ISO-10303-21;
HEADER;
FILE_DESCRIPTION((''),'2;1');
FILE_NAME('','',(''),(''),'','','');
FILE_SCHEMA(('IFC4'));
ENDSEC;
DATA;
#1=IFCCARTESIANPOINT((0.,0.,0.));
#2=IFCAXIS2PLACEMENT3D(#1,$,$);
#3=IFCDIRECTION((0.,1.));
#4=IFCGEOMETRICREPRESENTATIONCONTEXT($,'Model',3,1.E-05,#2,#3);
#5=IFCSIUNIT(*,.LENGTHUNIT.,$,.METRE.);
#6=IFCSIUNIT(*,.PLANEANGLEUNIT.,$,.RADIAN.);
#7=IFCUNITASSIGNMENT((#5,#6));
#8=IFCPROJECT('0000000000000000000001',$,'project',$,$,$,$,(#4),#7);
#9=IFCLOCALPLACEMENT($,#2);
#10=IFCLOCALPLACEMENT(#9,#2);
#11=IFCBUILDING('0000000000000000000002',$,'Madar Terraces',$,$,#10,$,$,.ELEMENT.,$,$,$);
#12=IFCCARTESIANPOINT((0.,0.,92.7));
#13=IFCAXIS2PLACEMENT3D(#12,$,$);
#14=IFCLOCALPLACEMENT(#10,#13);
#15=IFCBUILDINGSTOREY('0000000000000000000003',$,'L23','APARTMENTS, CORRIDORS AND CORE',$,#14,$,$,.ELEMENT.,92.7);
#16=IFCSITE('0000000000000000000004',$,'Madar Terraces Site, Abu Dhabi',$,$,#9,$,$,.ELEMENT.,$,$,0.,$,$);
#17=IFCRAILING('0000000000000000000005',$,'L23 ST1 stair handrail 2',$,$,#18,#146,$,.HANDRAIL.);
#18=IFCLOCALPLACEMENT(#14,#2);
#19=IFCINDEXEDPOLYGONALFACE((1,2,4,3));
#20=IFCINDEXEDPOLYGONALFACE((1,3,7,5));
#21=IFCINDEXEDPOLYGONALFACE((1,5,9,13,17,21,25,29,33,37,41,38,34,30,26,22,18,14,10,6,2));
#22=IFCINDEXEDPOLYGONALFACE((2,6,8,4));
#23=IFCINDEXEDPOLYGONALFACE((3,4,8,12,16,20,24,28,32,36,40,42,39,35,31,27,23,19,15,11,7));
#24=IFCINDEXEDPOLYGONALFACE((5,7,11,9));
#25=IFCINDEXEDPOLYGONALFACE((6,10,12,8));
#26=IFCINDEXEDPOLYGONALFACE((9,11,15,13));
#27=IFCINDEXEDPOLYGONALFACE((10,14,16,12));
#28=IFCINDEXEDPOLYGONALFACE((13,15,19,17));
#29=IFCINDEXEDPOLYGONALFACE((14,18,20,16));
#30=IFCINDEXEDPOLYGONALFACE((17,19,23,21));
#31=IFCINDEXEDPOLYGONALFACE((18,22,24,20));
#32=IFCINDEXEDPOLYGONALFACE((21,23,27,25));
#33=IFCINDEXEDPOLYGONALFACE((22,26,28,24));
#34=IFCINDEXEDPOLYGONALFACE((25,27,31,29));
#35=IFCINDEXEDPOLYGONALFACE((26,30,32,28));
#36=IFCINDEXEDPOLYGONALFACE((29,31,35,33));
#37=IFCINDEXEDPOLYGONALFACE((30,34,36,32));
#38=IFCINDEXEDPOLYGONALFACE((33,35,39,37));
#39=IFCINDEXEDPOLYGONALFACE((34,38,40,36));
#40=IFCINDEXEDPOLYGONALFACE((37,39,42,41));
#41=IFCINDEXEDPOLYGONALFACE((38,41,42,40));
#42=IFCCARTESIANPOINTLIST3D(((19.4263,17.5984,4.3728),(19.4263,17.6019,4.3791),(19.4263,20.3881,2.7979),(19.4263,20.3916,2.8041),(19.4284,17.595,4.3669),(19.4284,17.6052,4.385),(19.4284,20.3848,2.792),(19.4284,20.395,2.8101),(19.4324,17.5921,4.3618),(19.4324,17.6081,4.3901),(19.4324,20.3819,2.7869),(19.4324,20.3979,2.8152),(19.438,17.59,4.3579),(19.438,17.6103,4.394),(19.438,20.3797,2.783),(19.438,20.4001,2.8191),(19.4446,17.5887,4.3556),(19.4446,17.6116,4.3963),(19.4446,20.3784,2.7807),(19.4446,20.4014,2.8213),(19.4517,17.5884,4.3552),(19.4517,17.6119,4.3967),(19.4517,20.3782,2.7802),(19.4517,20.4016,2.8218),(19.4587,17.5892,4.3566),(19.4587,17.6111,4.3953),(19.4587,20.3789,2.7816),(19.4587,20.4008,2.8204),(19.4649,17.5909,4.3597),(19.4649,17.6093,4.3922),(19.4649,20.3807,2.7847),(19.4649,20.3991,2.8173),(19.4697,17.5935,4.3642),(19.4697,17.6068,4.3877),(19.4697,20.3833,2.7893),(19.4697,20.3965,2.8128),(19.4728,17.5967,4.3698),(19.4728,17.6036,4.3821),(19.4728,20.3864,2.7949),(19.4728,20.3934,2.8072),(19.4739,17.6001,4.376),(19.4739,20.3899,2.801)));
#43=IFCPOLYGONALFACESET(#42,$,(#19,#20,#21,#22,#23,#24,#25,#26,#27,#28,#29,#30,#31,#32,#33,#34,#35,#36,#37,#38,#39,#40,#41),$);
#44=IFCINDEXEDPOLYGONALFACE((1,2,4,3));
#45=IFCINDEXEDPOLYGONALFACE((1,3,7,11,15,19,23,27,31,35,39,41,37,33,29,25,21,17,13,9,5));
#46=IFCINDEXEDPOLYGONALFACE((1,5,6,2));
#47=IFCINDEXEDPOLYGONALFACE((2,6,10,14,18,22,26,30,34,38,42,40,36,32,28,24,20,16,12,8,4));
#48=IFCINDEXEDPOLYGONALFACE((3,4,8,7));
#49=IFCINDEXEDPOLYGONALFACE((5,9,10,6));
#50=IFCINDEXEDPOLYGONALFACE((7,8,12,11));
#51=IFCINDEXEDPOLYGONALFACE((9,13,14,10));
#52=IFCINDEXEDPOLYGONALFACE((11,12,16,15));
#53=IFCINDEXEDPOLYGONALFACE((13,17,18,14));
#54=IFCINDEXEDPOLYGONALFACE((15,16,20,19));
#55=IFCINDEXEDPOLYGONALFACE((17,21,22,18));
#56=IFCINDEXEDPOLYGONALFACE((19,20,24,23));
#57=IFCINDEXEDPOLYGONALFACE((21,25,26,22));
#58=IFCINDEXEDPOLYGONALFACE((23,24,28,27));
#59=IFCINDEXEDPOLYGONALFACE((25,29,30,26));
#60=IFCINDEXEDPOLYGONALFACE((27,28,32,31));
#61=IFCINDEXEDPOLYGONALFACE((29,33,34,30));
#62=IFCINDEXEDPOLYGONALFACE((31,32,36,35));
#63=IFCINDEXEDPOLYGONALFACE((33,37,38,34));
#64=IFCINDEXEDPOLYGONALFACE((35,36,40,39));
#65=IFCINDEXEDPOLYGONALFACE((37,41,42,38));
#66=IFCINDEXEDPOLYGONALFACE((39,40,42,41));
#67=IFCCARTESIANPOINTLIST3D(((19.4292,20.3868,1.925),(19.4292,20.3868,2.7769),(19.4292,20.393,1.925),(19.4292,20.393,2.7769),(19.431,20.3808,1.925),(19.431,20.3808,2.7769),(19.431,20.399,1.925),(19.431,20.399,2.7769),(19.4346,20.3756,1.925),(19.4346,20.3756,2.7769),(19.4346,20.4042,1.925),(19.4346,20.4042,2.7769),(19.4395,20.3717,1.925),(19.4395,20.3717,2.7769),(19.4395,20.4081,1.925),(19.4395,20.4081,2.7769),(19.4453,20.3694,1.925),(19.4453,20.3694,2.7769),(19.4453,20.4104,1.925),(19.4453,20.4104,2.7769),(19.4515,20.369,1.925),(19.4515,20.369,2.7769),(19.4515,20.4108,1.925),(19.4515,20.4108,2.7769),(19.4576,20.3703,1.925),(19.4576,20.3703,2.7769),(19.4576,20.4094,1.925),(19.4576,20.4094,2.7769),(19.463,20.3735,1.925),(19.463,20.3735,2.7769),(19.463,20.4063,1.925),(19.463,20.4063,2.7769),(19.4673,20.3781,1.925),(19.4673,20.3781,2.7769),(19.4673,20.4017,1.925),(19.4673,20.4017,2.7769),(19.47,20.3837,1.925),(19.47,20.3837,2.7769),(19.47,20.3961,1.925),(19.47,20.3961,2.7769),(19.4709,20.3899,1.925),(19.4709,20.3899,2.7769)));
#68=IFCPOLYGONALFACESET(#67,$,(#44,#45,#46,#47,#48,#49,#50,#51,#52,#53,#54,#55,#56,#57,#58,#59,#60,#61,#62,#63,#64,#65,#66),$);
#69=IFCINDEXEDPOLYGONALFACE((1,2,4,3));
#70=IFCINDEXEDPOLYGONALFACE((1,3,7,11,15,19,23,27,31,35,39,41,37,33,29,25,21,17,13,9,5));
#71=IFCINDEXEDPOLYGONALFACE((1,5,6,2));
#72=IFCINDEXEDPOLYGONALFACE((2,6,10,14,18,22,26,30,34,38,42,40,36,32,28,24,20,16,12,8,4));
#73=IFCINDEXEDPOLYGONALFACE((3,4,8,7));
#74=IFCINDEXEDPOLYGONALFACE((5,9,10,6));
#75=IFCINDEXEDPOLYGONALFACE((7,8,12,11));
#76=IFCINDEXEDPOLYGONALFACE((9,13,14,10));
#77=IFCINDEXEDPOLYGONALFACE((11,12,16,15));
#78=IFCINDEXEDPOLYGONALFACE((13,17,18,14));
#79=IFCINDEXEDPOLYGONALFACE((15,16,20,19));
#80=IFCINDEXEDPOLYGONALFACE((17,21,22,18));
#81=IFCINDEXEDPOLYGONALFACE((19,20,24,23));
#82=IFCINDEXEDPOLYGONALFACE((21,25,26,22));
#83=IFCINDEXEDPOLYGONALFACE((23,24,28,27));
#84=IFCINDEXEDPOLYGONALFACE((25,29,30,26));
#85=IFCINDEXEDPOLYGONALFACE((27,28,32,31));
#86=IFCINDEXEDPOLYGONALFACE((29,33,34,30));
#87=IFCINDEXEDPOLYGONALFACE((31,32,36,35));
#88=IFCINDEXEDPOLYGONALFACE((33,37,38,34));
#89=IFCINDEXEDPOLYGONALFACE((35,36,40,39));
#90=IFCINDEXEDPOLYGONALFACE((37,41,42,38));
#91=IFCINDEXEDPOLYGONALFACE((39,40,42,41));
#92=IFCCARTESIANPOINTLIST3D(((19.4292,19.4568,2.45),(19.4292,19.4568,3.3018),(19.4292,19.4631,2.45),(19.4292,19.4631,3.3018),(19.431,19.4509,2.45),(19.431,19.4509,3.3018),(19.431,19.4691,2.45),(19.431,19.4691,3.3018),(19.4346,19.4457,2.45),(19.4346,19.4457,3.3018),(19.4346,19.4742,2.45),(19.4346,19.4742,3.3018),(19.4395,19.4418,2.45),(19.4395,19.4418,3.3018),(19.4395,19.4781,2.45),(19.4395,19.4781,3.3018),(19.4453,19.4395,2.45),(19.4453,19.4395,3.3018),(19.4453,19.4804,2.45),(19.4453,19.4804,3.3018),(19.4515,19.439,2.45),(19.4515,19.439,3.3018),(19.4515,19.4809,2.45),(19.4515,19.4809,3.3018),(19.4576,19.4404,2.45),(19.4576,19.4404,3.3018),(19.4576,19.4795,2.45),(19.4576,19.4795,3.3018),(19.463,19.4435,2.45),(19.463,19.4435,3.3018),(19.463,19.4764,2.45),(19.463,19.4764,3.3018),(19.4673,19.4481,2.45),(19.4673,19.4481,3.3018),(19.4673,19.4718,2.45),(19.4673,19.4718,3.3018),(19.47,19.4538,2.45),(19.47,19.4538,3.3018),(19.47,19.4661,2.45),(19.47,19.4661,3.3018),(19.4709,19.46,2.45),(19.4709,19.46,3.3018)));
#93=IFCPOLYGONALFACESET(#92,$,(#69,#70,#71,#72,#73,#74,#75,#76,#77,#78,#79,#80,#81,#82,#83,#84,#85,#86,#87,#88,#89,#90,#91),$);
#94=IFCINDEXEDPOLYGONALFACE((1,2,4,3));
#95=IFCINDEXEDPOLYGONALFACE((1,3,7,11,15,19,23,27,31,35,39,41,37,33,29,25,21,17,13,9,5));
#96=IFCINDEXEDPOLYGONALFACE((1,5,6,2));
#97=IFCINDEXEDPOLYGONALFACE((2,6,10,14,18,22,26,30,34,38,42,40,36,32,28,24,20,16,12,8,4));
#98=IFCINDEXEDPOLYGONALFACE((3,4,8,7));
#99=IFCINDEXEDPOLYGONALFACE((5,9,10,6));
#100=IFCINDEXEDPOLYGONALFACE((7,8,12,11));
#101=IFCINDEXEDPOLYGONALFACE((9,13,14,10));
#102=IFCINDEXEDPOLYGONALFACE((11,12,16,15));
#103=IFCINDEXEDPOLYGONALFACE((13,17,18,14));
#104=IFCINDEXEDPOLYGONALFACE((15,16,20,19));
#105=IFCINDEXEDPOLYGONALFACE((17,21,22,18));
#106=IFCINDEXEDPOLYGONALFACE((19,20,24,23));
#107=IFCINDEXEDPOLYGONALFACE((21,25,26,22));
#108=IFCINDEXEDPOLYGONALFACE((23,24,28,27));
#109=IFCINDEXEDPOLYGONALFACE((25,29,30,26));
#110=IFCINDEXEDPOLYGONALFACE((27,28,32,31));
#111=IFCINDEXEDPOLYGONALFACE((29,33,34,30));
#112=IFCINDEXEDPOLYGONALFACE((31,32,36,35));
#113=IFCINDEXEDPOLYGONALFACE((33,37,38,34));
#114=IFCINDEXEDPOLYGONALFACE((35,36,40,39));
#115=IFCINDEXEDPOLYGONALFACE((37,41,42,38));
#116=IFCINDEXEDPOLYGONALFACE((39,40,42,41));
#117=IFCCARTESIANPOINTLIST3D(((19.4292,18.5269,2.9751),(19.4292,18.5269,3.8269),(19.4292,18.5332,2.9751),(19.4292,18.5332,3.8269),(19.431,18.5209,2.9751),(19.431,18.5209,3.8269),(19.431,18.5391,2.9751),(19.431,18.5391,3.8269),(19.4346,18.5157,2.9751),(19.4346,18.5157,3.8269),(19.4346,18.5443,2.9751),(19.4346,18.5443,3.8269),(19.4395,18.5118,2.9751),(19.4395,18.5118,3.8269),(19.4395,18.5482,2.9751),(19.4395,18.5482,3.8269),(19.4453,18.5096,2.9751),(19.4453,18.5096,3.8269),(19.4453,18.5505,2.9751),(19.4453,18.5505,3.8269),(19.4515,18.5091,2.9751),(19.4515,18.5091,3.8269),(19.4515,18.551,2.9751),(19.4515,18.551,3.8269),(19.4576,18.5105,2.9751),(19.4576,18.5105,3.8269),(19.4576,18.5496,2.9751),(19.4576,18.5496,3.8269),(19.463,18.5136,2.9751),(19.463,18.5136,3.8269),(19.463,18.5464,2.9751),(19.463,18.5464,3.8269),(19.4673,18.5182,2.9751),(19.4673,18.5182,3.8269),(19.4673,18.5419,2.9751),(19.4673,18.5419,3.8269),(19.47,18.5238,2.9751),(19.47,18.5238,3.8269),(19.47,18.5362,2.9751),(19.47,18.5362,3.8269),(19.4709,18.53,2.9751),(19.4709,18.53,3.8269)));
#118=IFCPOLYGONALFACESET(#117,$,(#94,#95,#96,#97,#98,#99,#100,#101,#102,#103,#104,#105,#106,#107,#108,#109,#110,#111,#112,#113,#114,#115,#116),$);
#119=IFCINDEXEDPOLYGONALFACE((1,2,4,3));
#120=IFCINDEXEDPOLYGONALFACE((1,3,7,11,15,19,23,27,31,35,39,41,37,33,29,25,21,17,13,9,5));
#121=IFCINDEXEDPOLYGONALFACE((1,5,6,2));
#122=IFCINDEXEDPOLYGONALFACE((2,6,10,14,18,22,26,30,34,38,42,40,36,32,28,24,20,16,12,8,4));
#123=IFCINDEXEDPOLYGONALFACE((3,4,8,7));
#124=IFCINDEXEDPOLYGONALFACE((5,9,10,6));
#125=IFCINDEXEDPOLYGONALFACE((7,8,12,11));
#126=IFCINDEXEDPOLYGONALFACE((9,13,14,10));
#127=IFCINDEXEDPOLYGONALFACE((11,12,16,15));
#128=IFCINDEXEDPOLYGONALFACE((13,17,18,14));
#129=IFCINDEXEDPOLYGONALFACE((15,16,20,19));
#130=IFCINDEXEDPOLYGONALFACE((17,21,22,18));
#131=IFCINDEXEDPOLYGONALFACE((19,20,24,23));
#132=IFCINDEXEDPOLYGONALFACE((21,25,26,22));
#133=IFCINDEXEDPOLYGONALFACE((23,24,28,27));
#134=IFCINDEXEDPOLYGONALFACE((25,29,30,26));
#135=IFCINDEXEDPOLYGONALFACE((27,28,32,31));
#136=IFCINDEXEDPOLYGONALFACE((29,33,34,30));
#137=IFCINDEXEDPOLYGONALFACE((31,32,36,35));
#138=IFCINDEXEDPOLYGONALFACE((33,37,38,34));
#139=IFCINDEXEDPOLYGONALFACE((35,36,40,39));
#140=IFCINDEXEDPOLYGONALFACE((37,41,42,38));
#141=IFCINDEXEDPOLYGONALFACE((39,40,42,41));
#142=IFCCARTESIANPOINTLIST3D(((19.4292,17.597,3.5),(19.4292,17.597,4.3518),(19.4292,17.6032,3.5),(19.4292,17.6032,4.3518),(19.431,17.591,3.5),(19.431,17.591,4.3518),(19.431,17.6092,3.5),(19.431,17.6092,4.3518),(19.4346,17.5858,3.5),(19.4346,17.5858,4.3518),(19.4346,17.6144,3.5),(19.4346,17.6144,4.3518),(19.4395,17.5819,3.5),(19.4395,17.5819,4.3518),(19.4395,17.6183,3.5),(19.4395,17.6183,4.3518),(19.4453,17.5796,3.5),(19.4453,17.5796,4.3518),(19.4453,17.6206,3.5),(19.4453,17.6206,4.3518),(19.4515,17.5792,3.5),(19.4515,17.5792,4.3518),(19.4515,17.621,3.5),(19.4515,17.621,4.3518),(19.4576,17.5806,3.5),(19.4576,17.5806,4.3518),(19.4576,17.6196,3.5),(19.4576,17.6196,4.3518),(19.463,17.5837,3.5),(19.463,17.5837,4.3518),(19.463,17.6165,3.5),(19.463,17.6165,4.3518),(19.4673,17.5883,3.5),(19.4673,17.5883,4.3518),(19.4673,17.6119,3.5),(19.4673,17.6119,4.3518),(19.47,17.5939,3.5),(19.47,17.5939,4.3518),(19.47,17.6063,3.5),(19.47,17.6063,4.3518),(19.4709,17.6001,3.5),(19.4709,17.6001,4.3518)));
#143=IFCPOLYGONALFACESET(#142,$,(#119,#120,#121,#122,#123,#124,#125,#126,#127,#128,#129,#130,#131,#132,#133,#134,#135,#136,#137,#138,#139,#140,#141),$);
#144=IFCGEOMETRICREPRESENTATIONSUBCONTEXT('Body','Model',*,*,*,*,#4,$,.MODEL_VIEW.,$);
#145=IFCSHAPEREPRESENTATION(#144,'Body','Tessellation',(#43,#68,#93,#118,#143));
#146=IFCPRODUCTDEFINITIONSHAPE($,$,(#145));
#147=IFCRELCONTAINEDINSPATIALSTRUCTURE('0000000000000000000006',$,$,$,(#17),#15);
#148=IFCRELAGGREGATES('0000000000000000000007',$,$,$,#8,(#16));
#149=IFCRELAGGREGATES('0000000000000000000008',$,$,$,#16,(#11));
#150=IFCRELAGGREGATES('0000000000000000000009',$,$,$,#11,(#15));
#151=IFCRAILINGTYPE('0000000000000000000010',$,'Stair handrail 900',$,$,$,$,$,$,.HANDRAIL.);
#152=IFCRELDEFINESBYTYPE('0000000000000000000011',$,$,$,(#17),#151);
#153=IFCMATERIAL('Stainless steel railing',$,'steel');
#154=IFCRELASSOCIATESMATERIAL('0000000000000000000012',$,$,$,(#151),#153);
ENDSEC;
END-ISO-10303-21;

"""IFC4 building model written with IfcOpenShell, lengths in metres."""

from ifc_helpers import new_model, si_unit, direction, frame, origin, origin_2d, place, context, subcontext, project, spatial, circle, extrude, material, type_object, element, save


model = new_model("IFC4")

# Units and contexts
model_context = context("Model", 3, precision=1e-05, world=origin(), true_north=direction((0.0, 1.0)))
body_context = subcontext(model_context, "Body", "Model", "MODEL_VIEW")
ifc_project = project(units=[si_unit("LENGTHUNIT", "METRE"), si_unit("PLANEANGLEUNIT", "RADIAN")], contexts=[model_context])

# Site, building, storey
site_placement = place(None, origin())
site = spatial("IfcSite", under=ifc_project, at=site_placement, Name="Madar Terraces Site, Abu Dhabi", CompositionType="ELEMENT", RefElevation=0.0)
building_placement = place(site_placement, origin())
building = spatial("IfcBuilding", under=site, at=building_placement, Name="Madar Terraces", CompositionType="ELEMENT")
storey_placement = place(building_placement, frame((0.0, 0.0, 92.7)))
storey = spatial("IfcBuildingStorey", under=building, at=storey_placement, Name="L23", Description="APARTMENTS, CORRIDORS AND CORE", CompositionType="ELEMENT", Elevation=92.7)

# Railing
ifc_material_1 = material(Name="Stainless steel railing", Category="steel")
railing_type_1 = type_object("IfcRailingType", Name="Stair handrail 900", PredefinedType="HANDRAIL", material=ifc_material_1)
railing_1_placement = place(storey_placement, frame((19.45, 20.3899, 1.925)))
element("IfcRailing", 1, at=railing_1_placement, inside=storey, type_object=railing_type_1, Name="L23 ST1 stair handrail 2", PredefinedType="HANDRAIL", context=body_context, shape_type="SweptSolid", body=[
    extrude(circle(Radius=0.0239, at=origin_2d()), frame((0.0, 0.0, 0.876), z_axis=(0.0, -0.870815, 0.49161), x_axis=(1.0, 0.0, 0.0)), (0.0, 0.0, 1.0), 3.2036),
    extrude(circle(Radius=0.021, at=origin_2d()), origin(), (0.0, 0.0, 1.0), 0.8518),
    extrude(circle(Radius=0.021, at=origin_2d()), frame((0.0, -0.9299, 0.5249)), (0.0, 0.0, 1.0), 0.8518),
    extrude(circle(Radius=0.021, at=origin_2d()), frame((0.0, -1.8599, 1.05)), (0.0, 0.0, 1.0), 0.8518),
    extrude(circle(Radius=0.021, at=origin_2d()), frame((0.0, -2.7898, 1.575)), (0.0, 0.0, 1.0), 0.8518),
])

save(model, "model.ifc")
